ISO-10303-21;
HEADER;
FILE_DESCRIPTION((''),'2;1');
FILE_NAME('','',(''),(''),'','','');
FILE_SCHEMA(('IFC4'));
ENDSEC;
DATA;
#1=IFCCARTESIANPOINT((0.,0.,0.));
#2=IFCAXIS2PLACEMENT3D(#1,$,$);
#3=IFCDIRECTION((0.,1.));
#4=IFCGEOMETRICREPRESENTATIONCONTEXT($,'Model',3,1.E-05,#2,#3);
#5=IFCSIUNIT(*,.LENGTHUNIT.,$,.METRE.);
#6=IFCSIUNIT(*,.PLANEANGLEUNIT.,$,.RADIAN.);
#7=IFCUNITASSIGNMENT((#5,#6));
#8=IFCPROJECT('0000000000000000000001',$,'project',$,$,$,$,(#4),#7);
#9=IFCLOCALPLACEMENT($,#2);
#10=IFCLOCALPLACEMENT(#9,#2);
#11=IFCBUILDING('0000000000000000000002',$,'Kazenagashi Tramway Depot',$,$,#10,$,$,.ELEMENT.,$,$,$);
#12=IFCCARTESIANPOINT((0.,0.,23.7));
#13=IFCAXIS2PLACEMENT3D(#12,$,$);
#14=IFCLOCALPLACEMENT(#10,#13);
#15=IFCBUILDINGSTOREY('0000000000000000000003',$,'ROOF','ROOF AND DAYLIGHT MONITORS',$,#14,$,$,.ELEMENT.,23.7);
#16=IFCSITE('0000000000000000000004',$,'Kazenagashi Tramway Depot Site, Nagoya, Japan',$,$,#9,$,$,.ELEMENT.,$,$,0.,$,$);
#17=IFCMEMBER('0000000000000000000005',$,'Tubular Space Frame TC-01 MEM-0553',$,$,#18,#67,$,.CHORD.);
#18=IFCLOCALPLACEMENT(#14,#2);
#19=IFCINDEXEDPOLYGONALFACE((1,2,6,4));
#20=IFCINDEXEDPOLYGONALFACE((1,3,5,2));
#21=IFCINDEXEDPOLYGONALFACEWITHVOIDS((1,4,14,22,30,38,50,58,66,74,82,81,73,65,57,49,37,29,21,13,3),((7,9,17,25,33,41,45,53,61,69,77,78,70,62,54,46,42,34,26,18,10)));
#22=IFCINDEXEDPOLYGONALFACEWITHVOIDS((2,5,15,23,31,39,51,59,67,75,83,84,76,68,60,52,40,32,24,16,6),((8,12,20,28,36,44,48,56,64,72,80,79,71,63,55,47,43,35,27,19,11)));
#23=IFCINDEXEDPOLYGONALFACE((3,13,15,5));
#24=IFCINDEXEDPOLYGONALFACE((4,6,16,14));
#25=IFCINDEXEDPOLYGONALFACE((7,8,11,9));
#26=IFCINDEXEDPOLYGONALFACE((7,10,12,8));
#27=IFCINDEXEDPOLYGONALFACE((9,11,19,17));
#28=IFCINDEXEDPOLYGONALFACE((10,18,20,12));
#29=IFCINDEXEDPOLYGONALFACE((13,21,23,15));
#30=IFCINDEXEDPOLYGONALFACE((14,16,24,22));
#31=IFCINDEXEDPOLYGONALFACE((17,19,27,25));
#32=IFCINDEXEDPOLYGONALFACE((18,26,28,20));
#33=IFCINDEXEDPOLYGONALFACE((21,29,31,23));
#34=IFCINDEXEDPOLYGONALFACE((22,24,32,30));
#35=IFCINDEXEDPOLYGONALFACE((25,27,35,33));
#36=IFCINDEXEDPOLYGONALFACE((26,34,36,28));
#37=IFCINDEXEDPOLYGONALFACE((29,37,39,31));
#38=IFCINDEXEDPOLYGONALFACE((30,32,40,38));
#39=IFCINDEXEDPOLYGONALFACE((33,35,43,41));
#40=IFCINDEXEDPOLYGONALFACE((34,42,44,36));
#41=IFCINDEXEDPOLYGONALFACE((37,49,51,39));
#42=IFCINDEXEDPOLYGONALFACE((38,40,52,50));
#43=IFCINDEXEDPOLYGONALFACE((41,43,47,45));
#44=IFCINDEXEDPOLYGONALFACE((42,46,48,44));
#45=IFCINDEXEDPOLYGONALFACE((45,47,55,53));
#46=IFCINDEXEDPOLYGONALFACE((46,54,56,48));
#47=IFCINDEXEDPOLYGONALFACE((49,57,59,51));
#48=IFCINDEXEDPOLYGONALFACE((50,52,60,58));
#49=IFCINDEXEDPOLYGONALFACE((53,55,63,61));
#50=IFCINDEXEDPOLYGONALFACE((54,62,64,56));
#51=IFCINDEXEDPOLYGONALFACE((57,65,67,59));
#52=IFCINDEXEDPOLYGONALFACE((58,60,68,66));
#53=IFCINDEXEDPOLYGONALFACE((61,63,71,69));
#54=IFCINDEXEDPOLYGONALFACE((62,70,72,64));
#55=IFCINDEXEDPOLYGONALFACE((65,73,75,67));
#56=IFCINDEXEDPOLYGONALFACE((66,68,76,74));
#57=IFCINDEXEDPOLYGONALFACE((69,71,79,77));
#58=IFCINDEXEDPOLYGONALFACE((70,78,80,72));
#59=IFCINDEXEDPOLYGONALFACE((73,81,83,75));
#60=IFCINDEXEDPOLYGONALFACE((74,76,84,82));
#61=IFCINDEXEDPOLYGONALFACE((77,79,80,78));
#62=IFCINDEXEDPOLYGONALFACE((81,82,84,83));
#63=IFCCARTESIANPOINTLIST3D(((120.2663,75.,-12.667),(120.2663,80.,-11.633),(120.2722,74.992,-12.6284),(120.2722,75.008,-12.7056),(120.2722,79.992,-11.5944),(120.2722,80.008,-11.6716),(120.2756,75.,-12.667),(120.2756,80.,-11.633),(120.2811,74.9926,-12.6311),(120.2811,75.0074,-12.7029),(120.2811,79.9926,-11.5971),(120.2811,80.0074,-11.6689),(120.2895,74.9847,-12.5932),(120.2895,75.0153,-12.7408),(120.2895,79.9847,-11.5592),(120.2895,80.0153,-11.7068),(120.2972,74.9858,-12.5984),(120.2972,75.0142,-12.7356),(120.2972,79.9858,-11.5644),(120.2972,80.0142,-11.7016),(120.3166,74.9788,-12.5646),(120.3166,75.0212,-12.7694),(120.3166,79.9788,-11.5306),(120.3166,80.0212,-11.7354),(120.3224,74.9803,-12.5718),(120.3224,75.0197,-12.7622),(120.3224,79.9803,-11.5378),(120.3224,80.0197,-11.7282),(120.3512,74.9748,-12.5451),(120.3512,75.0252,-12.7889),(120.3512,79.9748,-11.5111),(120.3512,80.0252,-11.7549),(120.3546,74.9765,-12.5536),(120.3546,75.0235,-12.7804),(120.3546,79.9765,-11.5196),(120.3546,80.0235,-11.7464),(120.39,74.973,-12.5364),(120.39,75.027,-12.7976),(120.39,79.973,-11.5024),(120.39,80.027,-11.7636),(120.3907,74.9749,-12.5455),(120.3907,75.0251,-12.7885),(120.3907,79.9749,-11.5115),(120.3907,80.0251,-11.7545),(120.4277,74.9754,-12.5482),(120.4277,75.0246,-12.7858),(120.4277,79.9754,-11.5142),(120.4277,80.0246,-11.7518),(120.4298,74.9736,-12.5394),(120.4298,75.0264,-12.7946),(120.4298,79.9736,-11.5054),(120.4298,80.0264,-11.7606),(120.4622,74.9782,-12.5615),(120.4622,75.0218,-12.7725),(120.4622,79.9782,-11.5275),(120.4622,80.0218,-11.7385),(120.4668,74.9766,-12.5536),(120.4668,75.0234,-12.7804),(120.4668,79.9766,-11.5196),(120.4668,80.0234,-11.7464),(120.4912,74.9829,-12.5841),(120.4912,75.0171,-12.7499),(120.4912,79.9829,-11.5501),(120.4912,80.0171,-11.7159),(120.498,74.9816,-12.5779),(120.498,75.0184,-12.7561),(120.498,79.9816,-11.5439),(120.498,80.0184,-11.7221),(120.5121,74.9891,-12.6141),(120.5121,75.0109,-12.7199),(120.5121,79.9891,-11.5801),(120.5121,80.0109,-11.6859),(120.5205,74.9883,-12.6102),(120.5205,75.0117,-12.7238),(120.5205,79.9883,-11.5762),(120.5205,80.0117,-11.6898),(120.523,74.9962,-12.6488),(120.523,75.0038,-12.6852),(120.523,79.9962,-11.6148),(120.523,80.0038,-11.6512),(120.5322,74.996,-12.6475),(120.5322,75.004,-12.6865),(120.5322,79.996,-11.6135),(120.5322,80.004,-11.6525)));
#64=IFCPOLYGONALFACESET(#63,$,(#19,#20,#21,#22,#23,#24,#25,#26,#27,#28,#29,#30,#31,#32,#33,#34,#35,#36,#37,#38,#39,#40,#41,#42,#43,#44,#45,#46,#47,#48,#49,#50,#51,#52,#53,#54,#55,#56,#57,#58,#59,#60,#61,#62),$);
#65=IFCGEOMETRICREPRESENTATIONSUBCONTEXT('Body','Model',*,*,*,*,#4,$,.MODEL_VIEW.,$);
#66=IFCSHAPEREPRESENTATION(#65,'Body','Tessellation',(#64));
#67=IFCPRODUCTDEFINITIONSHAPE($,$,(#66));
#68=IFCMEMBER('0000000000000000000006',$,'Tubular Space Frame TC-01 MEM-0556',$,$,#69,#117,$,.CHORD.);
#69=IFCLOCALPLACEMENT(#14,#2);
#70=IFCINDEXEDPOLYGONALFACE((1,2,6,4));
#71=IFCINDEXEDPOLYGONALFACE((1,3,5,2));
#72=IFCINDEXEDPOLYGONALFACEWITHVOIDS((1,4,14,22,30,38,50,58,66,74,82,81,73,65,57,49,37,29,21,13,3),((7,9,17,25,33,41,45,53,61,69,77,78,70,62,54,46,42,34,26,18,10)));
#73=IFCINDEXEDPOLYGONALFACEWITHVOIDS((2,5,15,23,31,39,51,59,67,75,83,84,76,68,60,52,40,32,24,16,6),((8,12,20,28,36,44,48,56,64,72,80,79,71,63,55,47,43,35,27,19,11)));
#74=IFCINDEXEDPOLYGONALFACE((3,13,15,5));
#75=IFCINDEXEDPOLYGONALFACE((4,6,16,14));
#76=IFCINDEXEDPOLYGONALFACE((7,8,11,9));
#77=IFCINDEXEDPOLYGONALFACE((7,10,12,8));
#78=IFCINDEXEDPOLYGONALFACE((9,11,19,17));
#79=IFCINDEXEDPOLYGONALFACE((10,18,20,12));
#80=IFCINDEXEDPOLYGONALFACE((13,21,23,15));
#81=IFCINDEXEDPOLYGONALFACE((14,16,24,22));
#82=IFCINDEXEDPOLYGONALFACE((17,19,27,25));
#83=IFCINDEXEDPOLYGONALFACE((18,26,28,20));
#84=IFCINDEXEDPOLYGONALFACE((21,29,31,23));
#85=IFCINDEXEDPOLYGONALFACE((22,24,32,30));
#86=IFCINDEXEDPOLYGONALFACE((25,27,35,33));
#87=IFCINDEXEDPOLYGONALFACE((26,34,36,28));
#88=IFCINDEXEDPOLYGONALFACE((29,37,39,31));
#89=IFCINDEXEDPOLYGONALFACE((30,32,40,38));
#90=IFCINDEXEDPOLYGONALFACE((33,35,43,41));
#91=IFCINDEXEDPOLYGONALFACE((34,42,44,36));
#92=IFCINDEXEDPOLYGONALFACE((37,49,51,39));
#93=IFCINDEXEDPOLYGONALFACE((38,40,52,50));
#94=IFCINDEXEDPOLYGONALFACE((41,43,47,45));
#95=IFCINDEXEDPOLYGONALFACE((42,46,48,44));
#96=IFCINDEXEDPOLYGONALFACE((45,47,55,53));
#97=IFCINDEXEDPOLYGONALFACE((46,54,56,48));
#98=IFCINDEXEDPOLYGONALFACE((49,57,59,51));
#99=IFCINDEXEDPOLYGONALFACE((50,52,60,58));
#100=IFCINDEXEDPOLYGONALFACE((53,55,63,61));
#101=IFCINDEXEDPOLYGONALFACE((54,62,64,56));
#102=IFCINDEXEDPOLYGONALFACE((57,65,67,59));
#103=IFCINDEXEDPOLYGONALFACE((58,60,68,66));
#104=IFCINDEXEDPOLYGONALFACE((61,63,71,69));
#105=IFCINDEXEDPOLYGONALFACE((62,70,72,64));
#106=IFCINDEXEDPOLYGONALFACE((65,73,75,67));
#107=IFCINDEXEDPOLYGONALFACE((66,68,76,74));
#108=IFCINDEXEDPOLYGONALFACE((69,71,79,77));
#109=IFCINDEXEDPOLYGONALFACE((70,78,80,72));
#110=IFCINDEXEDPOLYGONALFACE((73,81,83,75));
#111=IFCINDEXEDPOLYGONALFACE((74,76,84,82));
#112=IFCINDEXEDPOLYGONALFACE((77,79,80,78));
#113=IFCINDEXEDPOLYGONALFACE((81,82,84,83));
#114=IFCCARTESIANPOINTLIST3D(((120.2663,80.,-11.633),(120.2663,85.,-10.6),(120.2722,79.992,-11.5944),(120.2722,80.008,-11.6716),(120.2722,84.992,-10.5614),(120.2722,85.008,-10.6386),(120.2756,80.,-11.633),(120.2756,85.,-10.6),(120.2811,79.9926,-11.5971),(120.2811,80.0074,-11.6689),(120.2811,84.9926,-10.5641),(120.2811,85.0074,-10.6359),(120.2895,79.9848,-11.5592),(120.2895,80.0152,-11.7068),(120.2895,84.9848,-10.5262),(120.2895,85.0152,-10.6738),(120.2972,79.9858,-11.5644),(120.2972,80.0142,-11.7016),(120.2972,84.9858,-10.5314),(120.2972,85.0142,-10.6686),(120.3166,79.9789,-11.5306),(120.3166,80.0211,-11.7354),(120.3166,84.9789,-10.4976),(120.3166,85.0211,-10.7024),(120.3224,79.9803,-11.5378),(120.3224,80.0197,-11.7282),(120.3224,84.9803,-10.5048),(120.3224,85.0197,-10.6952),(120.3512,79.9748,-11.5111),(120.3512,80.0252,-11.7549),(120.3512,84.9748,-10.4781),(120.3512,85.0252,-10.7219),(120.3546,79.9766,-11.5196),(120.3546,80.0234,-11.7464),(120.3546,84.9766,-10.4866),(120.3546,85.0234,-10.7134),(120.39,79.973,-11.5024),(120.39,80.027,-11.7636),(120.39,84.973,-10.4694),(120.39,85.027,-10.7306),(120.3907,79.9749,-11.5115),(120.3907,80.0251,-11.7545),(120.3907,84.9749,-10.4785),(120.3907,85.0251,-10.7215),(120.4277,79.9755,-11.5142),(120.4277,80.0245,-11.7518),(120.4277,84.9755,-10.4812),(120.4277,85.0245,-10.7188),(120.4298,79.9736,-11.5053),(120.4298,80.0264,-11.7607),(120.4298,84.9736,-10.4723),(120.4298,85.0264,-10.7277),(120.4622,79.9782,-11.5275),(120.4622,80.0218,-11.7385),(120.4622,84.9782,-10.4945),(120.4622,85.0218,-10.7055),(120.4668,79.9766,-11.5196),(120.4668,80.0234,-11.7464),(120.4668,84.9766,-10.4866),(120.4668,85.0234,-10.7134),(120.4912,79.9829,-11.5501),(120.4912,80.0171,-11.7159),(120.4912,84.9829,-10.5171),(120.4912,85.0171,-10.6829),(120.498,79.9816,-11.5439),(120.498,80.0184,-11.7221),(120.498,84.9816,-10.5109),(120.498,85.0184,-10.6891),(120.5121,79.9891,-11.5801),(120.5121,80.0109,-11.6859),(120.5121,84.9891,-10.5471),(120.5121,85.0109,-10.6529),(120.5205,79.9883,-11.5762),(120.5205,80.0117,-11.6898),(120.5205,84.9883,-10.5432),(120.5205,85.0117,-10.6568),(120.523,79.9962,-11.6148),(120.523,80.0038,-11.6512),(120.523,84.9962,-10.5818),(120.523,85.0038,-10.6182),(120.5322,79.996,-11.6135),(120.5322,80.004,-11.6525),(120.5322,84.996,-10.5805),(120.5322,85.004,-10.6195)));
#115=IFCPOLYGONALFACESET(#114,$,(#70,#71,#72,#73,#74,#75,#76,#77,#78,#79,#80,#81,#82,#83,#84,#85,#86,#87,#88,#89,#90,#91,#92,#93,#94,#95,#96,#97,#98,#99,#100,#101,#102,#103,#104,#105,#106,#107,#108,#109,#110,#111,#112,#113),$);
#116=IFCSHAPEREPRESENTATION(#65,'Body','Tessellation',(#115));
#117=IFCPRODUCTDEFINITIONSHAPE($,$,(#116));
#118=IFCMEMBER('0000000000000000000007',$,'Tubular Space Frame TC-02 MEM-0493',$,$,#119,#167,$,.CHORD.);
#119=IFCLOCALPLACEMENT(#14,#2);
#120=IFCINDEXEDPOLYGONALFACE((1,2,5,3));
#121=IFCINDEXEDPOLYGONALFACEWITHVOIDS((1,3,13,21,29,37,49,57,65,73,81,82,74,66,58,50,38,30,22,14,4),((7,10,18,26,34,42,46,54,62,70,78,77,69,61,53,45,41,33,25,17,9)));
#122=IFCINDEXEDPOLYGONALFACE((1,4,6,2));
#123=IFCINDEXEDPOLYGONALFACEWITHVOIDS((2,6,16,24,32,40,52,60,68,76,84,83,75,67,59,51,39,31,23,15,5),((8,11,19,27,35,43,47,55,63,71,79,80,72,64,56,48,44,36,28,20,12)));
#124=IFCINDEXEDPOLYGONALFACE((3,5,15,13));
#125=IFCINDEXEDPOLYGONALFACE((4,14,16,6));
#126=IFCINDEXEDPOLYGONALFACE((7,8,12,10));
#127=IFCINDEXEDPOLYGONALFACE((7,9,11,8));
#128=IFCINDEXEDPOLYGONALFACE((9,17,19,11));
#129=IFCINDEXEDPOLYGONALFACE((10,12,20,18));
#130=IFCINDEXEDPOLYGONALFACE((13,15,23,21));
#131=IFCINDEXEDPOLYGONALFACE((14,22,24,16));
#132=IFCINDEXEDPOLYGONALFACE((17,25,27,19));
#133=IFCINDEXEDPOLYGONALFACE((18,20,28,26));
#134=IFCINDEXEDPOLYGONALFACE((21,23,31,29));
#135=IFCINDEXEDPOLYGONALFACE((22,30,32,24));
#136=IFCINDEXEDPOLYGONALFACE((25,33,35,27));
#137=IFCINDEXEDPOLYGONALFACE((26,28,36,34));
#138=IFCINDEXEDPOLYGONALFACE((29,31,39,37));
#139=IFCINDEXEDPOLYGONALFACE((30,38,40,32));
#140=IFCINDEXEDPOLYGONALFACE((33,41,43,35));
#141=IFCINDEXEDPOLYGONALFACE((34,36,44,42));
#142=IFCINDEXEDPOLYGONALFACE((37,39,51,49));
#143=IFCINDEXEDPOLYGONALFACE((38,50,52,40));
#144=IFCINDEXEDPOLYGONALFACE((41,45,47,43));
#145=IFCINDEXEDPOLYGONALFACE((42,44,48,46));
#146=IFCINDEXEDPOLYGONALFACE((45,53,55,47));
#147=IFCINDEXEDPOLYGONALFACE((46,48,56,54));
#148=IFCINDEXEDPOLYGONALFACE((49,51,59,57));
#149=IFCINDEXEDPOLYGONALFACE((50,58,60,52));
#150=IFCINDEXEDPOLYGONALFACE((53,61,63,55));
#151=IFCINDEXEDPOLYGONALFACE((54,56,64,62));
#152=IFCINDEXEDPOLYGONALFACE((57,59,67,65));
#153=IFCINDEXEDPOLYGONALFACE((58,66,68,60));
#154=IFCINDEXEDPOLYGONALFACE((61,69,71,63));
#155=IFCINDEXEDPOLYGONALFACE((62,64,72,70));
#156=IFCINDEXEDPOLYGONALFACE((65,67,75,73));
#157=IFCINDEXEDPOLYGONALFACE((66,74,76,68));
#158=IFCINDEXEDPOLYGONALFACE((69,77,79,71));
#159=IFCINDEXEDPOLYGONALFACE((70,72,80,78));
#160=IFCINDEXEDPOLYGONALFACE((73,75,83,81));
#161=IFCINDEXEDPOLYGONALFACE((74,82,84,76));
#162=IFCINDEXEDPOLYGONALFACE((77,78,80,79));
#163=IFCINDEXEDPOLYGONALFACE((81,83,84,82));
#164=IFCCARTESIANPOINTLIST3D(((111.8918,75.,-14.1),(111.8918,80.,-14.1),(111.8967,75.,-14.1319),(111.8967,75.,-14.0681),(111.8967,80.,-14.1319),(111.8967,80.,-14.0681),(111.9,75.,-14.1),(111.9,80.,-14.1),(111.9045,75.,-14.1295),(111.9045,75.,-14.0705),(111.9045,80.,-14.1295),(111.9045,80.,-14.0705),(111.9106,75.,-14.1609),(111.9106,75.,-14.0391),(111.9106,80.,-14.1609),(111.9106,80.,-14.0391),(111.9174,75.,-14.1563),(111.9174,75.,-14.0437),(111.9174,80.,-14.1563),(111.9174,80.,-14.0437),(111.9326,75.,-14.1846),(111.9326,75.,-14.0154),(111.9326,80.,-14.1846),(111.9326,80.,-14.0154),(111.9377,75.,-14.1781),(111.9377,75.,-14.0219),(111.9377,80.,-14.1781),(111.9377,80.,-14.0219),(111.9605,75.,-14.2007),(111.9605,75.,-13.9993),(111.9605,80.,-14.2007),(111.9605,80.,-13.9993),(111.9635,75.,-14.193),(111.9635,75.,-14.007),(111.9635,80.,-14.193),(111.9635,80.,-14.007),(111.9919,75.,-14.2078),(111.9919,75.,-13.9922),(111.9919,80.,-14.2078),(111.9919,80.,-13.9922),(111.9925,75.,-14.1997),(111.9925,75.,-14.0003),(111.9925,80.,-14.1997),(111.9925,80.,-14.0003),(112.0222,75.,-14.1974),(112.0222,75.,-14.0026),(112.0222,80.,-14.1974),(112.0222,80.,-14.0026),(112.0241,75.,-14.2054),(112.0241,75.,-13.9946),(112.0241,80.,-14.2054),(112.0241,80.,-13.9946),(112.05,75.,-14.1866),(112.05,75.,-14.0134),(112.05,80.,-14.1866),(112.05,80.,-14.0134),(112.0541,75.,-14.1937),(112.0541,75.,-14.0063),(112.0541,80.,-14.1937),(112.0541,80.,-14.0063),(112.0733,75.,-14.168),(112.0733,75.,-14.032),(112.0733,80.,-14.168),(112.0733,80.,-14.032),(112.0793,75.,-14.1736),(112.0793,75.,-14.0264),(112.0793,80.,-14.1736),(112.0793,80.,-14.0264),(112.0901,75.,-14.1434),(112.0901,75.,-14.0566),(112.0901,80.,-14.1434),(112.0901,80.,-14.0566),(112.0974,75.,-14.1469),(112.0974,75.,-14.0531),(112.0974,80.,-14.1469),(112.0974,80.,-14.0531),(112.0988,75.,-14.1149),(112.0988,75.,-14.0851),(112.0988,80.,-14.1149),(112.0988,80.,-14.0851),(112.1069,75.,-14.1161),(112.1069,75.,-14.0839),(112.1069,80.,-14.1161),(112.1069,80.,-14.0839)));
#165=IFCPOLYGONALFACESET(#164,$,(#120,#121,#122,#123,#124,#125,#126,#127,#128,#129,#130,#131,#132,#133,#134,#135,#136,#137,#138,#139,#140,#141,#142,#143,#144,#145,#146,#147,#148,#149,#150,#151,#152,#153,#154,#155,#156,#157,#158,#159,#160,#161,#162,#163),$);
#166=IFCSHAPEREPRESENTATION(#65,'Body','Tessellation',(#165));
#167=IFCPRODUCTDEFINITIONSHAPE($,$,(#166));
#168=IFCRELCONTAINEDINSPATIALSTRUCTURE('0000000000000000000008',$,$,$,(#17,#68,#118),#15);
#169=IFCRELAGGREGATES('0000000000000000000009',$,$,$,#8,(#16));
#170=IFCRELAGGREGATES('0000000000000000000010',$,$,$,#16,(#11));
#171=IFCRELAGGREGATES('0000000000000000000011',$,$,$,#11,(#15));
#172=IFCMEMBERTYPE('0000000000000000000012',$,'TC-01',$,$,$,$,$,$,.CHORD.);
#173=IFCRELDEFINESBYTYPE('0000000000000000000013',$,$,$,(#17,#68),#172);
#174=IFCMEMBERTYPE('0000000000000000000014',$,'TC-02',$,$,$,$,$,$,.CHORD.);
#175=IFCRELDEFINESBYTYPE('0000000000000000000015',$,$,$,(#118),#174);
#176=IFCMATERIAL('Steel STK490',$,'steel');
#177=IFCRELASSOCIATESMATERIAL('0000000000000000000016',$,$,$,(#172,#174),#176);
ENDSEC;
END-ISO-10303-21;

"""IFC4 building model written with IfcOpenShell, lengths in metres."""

from ifc_helpers import new_model, si_unit, direction, frame, origin, origin_2d, place, context, subcontext, project, spatial, hollow_circle, extrude, material, material_profile, profile_set, type_object, element, save


model = new_model("IFC4")

# Units and contexts
model_context = context("Model", 3, precision=1e-05, world=origin(), true_north=direction((0.0, 1.0)))
body_context = subcontext(model_context, "Body", "Model", "MODEL_VIEW")
ifc_project = project(units=[si_unit("LENGTHUNIT", "METRE"), si_unit("PLANEANGLEUNIT", "RADIAN")], contexts=[model_context])

# Site, building, storey
site_placement = place(None, origin())
site = spatial("IfcSite", under=ifc_project, at=site_placement, Name="Kazenagashi Tramway Depot Site, Nagoya, Japan", CompositionType="ELEMENT", RefElevation=0.0)
building_placement = place(site_placement, origin())
building = spatial("IfcBuilding", under=site, at=building_placement, Name="Kazenagashi Tramway Depot", CompositionType="ELEMENT")
storey_placement = place(building_placement, frame((0.0, 0.0, 23.7)))
storey = spatial("IfcBuildingStorey", under=building, at=storey_placement, Name="ROOF", Description="ROOF AND DAYLIGHT MONITORS", CompositionType="ELEMENT", Elevation=23.7)

# Members
ifc_material_1 = material(Name="Steel STK490", Category="steel")
ifc_material_profile_1 = material_profile(ifc_material_1, hollow_circle(Radius=0.1337, WallThickness=0.0093, at=origin_2d()), Name="CHS-267.4x9.3")
ifc_profile_set_1 = profile_set([ifc_material_profile_1], Name="Steel STK490")
member_type_1 = type_object("IfcMemberType", Name="TC-01", PredefinedType="CHORD", material=ifc_profile_set_1)
member_1_placement = place(storey_placement, frame((120.4, 75.0, -12.667), z_axis=(0.0, 0.979279, 0.202515), x_axis=(-1.0, 0.0, 0.0)))
element("IfcMember", 1, at=member_1_placement, inside=storey, type_object=member_type_1, Name="Tubular Space Frame TC-01 MEM-0553", PredefinedType="CHORD", context=body_context, shape_type="SweptSolid", body=[
    extrude(hollow_circle(Radius=0.1337, WallThickness=0.0093, at=origin_2d()), origin(), (0.0, 0.0, 1.0), 5.1058),
])
member_2_placement = place(storey_placement, frame((120.4, 80.0, -11.633), z_axis=(0.0, 0.979318, 0.202327), x_axis=(-1.0, 0.0, 0.0)))
element("IfcMember", 2, at=member_2_placement, inside=storey, type_object=member_type_1, Name="Tubular Space Frame TC-01 MEM-0556", PredefinedType="CHORD", context=body_context, shape_type="SweptSolid", body=[
    extrude(hollow_circle(Radius=0.1337, WallThickness=0.0093, at=origin_2d()), origin(), (0.0, 0.0, 1.0), 5.1056),
])
ifc_material_profile_2 = material_profile(ifc_material_1, hollow_circle(Radius=0.1081, WallThickness=0.0082, at=origin_2d()), Name="CHS-216.3x8.2")
ifc_profile_set_2 = profile_set([ifc_material_profile_2], Name="Steel STK490")
member_type_2 = type_object("IfcMemberType", Name="TC-02", PredefinedType="CHORD", material=ifc_profile_set_2)
for number, where, z_axis, x_axis, name in (
    (3, (112.0, 75.0, -14.1), (0.0, 1.0, 0.0), (-1.0, 0.0, 0.0), "Tubular Space Frame TC-02 MEM-0493"),
):
    element("IfcMember", number, at=place(storey_placement, frame(where, z_axis=z_axis, x_axis=x_axis)), inside=storey, type_object=member_type_2, Name=name, PredefinedType="CHORD", context=body_context, shape_type="SweptSolid", body=[
        extrude(hollow_circle(Radius=0.1081, WallThickness=0.0082, at=origin_2d()), origin(), (0.0, 0.0, 1.0), 5.0),
    ])

save(model, "model.ifc")
